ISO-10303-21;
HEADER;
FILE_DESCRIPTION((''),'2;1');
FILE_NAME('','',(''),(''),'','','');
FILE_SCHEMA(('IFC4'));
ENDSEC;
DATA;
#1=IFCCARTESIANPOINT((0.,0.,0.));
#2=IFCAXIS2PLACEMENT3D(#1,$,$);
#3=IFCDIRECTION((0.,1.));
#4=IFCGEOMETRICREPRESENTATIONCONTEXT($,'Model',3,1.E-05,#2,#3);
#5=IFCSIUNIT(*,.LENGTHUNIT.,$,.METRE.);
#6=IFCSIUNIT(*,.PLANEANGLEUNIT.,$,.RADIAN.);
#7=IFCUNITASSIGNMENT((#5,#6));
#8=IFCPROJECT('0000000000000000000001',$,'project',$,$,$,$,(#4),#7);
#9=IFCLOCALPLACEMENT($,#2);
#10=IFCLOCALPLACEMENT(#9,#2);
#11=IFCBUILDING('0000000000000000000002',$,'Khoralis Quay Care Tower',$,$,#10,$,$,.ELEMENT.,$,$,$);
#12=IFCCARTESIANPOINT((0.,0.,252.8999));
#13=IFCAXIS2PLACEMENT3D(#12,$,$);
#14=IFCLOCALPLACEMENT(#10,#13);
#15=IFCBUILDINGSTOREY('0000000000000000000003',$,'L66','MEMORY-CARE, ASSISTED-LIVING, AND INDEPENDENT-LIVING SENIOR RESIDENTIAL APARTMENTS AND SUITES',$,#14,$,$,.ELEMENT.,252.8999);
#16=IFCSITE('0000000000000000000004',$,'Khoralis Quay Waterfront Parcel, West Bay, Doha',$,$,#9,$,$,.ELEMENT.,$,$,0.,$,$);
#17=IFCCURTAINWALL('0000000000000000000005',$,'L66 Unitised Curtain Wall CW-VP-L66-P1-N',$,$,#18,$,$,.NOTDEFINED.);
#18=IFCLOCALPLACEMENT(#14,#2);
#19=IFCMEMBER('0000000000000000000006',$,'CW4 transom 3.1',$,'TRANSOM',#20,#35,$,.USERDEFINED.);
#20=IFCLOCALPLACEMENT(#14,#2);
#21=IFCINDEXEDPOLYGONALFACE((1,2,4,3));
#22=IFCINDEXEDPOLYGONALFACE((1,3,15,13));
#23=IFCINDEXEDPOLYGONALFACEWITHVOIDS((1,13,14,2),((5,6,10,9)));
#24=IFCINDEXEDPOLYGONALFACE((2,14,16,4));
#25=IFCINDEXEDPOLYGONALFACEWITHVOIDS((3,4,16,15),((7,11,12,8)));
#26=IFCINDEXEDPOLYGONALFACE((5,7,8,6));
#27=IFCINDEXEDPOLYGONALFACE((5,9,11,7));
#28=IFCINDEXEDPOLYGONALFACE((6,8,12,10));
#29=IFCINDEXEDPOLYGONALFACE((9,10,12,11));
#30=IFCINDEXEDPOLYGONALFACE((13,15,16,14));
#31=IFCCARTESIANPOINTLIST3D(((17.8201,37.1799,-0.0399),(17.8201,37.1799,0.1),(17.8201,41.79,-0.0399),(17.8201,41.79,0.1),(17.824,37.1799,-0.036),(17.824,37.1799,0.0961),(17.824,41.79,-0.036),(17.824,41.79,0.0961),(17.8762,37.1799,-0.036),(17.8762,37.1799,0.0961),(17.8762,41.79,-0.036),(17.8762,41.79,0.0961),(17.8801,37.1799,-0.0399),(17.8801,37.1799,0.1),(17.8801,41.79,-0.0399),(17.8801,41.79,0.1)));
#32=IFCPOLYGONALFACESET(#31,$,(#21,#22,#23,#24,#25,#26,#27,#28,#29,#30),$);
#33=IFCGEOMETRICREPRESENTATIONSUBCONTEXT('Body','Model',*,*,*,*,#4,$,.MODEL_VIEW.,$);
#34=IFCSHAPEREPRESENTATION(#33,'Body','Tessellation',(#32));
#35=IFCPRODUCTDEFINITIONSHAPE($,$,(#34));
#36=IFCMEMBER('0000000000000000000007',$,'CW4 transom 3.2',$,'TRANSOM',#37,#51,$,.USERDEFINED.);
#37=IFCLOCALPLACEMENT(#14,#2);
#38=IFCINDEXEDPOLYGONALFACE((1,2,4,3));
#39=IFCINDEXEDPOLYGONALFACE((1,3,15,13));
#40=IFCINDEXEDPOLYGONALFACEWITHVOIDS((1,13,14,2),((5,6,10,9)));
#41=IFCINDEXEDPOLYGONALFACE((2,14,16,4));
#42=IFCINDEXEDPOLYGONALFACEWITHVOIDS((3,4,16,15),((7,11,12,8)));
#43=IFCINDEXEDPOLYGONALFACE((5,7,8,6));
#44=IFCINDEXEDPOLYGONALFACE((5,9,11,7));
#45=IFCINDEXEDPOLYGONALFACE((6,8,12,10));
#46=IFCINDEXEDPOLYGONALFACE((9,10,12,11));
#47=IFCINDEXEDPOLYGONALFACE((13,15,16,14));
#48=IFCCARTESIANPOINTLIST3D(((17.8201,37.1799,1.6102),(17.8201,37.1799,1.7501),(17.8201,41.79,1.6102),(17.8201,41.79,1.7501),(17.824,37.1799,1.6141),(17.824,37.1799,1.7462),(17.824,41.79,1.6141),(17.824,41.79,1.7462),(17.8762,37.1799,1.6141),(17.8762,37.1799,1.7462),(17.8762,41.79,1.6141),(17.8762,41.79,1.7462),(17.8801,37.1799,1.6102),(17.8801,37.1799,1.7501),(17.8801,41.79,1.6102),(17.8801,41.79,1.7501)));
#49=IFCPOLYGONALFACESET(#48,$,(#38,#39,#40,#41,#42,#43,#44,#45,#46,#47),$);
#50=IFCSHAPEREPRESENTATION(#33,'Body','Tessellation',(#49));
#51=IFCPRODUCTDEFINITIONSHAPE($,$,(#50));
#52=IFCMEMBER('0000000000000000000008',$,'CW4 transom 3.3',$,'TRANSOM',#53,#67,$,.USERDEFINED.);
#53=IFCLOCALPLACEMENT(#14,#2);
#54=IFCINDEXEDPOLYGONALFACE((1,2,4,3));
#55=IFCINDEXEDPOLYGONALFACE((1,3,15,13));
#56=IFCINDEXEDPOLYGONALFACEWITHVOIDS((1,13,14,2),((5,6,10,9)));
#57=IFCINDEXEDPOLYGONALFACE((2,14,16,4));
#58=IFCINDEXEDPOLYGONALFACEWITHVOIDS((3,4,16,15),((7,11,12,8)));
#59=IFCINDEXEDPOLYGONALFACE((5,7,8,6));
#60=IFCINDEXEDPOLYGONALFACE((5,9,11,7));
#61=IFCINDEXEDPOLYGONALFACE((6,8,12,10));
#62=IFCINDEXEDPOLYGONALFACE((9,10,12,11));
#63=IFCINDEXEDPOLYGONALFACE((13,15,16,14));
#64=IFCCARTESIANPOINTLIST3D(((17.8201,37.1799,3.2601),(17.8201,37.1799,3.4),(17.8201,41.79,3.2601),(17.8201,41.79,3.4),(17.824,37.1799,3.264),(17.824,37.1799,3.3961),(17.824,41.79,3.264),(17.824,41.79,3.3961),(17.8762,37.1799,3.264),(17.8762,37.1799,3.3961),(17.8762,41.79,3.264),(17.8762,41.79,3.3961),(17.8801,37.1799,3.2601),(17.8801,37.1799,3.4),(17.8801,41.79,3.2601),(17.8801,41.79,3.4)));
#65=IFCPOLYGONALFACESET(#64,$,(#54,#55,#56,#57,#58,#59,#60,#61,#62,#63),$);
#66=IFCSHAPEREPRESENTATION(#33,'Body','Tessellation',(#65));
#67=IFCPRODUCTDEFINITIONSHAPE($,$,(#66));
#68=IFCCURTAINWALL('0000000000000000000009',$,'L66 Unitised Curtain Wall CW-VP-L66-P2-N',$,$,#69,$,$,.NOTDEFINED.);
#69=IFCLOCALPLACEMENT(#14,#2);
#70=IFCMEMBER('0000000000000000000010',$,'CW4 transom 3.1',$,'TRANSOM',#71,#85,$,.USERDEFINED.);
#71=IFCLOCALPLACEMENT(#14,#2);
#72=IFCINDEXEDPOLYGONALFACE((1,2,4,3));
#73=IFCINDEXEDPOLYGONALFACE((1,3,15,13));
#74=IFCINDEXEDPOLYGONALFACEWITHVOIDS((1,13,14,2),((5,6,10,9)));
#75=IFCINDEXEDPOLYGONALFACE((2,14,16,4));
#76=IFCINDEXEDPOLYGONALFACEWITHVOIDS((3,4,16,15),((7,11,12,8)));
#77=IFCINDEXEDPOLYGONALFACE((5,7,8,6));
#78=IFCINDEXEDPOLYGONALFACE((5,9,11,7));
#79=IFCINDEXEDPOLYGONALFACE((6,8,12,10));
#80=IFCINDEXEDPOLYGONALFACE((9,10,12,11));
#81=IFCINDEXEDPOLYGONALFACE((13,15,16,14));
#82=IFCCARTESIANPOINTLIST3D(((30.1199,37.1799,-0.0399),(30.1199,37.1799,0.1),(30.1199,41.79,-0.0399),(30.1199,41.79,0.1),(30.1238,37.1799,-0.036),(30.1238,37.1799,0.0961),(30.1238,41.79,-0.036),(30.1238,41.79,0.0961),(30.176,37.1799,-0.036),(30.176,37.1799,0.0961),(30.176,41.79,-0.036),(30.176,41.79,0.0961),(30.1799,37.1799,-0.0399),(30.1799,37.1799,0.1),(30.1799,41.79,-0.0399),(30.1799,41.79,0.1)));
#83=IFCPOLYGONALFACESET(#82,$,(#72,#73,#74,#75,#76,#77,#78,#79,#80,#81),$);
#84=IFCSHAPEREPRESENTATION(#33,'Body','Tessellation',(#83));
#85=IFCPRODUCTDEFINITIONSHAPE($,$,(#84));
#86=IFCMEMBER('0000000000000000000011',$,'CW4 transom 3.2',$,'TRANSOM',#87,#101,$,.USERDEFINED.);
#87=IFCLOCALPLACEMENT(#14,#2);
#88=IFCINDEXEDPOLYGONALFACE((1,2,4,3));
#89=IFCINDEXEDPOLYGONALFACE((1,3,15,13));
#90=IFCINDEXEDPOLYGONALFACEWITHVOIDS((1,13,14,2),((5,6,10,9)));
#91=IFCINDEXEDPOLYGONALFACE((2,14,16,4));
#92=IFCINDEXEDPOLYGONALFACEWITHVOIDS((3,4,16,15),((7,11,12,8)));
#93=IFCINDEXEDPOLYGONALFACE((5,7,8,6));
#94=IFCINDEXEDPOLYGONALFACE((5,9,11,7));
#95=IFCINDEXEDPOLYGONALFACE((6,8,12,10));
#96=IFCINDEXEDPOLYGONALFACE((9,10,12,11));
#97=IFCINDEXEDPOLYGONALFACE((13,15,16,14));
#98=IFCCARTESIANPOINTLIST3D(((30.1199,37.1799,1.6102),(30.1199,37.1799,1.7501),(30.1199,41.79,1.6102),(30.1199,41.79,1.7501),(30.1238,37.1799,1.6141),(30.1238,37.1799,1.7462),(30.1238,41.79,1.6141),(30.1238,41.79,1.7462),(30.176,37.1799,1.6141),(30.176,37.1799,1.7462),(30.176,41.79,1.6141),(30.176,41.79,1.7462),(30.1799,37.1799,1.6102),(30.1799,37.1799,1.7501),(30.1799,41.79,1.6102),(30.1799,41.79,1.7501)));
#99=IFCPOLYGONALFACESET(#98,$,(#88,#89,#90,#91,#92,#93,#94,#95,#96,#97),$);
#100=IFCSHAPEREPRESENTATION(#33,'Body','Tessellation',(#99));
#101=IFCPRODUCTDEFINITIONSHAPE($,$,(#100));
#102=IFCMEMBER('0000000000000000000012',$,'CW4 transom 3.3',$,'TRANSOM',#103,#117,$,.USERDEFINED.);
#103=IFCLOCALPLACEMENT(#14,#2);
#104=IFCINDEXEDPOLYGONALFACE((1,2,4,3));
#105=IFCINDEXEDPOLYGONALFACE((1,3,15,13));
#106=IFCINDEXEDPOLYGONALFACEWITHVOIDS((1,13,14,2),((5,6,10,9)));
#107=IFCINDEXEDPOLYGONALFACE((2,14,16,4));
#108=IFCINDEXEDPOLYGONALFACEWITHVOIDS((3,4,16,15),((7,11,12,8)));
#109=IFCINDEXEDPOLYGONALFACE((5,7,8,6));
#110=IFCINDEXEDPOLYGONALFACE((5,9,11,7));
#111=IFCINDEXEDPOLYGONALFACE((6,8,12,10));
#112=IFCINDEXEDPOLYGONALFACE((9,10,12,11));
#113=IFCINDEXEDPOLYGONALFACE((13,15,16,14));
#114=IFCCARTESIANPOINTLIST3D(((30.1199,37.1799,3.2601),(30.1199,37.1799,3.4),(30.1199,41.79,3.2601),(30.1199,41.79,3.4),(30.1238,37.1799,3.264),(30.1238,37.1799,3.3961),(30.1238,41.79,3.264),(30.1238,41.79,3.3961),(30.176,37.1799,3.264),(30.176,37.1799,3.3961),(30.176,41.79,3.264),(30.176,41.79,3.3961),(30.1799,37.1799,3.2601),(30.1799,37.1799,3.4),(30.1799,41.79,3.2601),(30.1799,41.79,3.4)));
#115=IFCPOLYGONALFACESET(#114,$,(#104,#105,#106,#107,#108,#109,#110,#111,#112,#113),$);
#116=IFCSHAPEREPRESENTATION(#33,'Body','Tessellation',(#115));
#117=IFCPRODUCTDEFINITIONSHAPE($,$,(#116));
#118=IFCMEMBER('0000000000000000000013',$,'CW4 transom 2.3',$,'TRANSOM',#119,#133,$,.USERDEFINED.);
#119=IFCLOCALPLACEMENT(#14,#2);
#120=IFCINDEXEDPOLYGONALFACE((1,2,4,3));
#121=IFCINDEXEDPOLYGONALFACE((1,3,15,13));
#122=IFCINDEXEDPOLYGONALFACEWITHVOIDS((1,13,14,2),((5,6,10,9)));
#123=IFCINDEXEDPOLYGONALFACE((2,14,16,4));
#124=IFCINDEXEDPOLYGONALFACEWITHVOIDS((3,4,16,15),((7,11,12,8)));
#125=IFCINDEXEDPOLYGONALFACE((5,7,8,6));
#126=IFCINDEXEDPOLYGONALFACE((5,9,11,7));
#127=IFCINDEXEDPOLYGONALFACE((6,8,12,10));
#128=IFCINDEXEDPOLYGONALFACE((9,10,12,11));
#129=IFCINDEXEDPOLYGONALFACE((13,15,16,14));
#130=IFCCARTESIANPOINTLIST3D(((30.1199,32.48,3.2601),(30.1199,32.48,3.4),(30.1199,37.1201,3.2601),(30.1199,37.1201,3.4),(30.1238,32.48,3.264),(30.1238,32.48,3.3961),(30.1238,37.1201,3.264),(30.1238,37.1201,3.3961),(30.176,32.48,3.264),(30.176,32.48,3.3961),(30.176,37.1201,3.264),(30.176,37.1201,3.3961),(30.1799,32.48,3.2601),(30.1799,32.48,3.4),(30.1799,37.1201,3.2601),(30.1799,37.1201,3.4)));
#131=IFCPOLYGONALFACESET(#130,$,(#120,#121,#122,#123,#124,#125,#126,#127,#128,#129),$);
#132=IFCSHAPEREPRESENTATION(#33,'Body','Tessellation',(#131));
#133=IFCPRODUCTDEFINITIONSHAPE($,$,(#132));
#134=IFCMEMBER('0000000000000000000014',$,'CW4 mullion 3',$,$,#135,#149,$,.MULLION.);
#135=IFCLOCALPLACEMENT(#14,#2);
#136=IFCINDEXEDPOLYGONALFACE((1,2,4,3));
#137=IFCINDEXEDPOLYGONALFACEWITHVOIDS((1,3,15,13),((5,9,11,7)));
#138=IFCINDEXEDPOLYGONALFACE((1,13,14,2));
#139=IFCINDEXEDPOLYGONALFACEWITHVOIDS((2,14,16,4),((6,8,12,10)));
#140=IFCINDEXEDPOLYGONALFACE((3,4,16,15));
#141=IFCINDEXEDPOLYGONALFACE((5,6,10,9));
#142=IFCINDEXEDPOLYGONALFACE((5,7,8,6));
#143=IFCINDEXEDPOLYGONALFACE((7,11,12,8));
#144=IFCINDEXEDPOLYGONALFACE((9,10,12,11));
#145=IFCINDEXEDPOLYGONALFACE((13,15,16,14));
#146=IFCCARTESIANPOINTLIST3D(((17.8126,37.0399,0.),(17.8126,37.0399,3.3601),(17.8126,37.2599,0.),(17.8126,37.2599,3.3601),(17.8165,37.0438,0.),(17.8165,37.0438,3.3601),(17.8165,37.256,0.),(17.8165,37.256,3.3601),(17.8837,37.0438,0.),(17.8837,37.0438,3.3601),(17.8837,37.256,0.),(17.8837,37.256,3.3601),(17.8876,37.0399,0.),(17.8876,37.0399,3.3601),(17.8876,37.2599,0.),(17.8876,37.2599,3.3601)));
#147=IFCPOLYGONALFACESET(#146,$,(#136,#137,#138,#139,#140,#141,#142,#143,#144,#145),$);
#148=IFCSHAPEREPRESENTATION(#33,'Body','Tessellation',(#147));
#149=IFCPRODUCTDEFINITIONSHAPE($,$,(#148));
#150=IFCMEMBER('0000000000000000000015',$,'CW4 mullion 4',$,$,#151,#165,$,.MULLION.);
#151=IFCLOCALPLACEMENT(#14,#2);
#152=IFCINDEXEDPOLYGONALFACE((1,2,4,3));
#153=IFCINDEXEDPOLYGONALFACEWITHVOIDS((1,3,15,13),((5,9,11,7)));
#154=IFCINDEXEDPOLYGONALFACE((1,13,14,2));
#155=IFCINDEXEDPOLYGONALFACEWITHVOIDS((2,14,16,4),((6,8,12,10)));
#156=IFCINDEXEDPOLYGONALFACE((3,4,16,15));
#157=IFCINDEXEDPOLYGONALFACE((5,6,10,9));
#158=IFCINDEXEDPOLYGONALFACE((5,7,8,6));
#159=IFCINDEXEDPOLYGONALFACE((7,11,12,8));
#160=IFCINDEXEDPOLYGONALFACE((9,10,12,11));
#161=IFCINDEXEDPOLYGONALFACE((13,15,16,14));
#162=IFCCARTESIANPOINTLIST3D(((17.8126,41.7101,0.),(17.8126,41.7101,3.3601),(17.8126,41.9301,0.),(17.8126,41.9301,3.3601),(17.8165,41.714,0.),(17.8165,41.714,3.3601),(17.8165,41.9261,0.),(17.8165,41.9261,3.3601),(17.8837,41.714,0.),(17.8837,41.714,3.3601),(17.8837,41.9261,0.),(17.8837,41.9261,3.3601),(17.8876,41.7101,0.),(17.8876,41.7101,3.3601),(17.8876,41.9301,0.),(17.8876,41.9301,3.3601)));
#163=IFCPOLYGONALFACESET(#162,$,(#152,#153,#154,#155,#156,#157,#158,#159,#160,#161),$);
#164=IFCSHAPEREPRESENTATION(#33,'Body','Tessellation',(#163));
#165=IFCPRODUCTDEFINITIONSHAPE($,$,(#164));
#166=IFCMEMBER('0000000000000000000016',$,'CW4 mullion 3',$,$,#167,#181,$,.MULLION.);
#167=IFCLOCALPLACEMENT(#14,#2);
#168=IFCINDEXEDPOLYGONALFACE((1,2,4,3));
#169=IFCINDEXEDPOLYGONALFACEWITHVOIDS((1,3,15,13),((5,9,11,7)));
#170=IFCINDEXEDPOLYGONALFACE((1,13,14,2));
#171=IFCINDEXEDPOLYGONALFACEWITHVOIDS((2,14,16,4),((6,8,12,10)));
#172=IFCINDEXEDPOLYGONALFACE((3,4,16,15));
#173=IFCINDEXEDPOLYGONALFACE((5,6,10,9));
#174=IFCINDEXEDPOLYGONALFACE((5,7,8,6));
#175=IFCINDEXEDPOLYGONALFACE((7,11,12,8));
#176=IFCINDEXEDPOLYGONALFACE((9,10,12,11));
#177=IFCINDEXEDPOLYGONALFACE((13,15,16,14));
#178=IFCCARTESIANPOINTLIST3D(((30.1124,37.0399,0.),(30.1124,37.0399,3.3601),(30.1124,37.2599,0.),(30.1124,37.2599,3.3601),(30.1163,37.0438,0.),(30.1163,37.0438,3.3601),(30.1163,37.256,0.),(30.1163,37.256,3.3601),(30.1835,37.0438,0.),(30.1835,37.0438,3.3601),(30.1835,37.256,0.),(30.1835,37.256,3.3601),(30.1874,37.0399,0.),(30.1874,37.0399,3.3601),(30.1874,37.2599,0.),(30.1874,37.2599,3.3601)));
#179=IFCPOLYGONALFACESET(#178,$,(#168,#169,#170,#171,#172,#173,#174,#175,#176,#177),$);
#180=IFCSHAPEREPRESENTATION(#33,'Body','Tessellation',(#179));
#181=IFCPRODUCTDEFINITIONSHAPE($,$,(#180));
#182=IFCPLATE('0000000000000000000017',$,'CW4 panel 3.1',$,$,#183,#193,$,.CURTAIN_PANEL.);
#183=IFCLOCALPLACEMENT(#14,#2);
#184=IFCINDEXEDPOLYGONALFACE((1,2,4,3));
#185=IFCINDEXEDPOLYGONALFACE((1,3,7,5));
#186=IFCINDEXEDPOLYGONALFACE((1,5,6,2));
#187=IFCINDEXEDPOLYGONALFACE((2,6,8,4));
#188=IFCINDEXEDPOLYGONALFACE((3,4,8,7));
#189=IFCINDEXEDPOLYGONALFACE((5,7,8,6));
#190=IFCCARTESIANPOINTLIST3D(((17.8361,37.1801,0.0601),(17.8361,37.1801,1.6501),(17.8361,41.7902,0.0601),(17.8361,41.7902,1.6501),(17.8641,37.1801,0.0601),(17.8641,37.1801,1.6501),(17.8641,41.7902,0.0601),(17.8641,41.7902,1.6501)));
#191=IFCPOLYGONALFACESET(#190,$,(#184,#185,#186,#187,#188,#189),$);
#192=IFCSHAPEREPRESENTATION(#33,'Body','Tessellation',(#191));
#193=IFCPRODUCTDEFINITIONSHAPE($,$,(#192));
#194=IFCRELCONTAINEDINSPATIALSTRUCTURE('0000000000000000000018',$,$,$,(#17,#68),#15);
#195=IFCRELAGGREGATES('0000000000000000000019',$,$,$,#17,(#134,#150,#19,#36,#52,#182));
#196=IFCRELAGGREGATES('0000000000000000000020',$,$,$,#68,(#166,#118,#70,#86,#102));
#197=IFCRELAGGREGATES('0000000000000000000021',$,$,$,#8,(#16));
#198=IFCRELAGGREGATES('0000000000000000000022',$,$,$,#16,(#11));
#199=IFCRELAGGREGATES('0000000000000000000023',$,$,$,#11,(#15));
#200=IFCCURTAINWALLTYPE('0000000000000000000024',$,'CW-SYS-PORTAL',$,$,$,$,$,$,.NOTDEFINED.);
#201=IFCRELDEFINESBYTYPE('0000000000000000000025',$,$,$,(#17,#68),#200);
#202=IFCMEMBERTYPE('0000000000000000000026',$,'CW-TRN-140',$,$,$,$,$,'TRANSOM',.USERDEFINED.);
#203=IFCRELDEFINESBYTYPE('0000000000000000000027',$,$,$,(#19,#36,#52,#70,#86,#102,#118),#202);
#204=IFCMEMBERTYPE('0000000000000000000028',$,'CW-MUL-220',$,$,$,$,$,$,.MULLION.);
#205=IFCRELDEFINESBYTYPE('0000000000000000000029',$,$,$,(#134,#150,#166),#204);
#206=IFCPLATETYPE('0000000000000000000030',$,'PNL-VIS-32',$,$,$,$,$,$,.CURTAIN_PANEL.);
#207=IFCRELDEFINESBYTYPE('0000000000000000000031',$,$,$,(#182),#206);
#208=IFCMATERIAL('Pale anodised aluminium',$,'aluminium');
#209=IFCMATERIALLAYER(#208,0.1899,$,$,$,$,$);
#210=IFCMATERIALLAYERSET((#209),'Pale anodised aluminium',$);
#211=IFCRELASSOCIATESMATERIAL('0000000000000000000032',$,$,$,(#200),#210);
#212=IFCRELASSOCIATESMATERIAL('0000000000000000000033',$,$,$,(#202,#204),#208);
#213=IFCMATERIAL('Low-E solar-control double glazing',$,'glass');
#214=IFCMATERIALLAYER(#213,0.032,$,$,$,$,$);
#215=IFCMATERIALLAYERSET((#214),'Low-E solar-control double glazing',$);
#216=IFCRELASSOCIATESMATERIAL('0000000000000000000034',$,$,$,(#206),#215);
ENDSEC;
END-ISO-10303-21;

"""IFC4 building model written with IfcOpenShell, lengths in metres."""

from ifc_helpers import new_model, si_unit, direction, frame, origin, origin_2d, place, context, subcontext, project, spatial, rectangle, hollow_rectangle, extrude, source, transform, mapped, material, layer, layer_set, material_profile, profile_set, type_object, element, aggregate, save


model = new_model("IFC4")

# Units and contexts
model_context = context("Model", 3, precision=1e-05, world=origin(), true_north=direction((0.0, 1.0)))
body_context = subcontext(model_context, "Body", "Model", "MODEL_VIEW")
ifc_project = project(units=[si_unit("LENGTHUNIT", "METRE"), si_unit("PLANEANGLEUNIT", "RADIAN")], contexts=[model_context])

# Site, building, storey
site_placement = place(None, origin())
site = spatial("IfcSite", under=ifc_project, at=site_placement, Name="Khoralis Quay Waterfront Parcel, West Bay, Doha", CompositionType="ELEMENT", RefElevation=0.0)
building_placement = place(site_placement, origin())
building = spatial("IfcBuilding", under=site, at=building_placement, Name="Khoralis Quay Care Tower", CompositionType="ELEMENT")
storey_placement = place(building_placement, frame((0.0, 0.0, 252.8999)))
storey = spatial("IfcBuildingStorey", under=building, at=storey_placement, Name="L66", Description="MEMORY-CARE, ASSISTED-LIVING, AND INDEPENDENT-LIVING SENIOR RESIDENTIAL APARTMENTS AND SUITES", CompositionType="ELEMENT", Elevation=252.8999)

# Curtain walls, members
ifc_material_1 = material(Name="Pale anodised aluminium", Category="aluminium")
ifc_layer_1 = layer(ifc_material_1, 0.1899)
ifc_layer_set_1 = layer_set([ifc_layer_1], Name="Pale anodised aluminium")
curtain_wall_type = type_object("IfcCurtainWallType", Name="CW-SYS-PORTAL", PredefinedType="NOTDEFINED", material=ifc_layer_set_1)
curtain_wall_1_placement = place(storey_placement, origin())
curtain_wall_1 = element("IfcCurtainWall", 1, at=curtain_wall_1_placement, inside=storey, type_object=curtain_wall_type, Name="L66 Unitised Curtain Wall CW-VP-L66-P1-N", PredefinedType="NOTDEFINED")
ifc_material_profile_1 = material_profile(ifc_material_1, hollow_rectangle(XDim=0.0601, YDim=0.1399, WallThickness=0.0039, at=origin_2d()), Name="Pale anodised aluminium")
ifc_profile_set_1 = profile_set([ifc_material_profile_1], Name="Pale anodised aluminium")
member_type_1 = type_object("IfcMemberType", Name="CW-TRN-140", ElementType="TRANSOM", PredefinedType="USERDEFINED", material=ifc_profile_set_1)
shared_shape_1 = source(origin(), body_context, "Body", "SweptSolid", [
    extrude(hollow_rectangle(XDim=0.0601, YDim=0.1399, WallThickness=0.0039, at=origin_2d()), origin(), (0.0, 0.0, 1.0), 4.6101),
])
member_1_placement = place(storey_placement, frame((17.8501, 37.1799, 0.03), z_axis=(0.0, 1.0, 0.0), x_axis=(-1.0, 0.0, 0.0)))
member_1 = element("IfcMember", 2, at=member_1_placement, type_object=member_type_1, Name="CW4 transom 3.1", ObjectType="TRANSOM", PredefinedType="USERDEFINED", context=body_context, shape_type="MappedRepresentation", body=[
    mapped(shared_shape_1, transform((0.0, 0.0, 0.0), scale=1.0)),
])
member_2_placement = place(storey_placement, frame((17.8501, 37.1799, 1.6802), z_axis=(0.0, 1.0, 0.0), x_axis=(-1.0, 0.0, 0.0)))
member_2 = element("IfcMember", 3, at=member_2_placement, type_object=member_type_1, Name="CW4 transom 3.2", ObjectType="TRANSOM", PredefinedType="USERDEFINED", context=body_context, shape_type="MappedRepresentation", body=[
    mapped(shared_shape_1, transform((0.0, 0.0, 0.0), scale=1.0)),
])
member_3_placement = place(storey_placement, frame((17.8501, 37.1799, 3.3301), z_axis=(0.0, 1.0, 0.0), x_axis=(-1.0, 0.0, 0.0)))
member_3 = element("IfcMember", 4, at=member_3_placement, type_object=member_type_1, Name="CW4 transom 3.3", ObjectType="TRANSOM", PredefinedType="USERDEFINED", context=body_context, shape_type="MappedRepresentation", body=[
    mapped(shared_shape_1, transform((0.0, 0.0, 0.0), scale=1.0)),
])
curtain_wall_2_placement = place(storey_placement, origin())
curtain_wall_2 = element("IfcCurtainWall", 5, at=curtain_wall_2_placement, inside=storey, type_object=curtain_wall_type, Name="L66 Unitised Curtain Wall CW-VP-L66-P2-N", PredefinedType="NOTDEFINED")
member_4_placement = place(storey_placement, frame((30.1499, 37.1799, 0.03), z_axis=(0.0, 1.0, 0.0), x_axis=(-1.0, 0.0, 0.0)))
member_4 = element("IfcMember", 6, at=member_4_placement, type_object=member_type_1, Name="CW4 transom 3.1", ObjectType="TRANSOM", PredefinedType="USERDEFINED", context=body_context, shape_type="MappedRepresentation", body=[
    mapped(shared_shape_1, transform((0.0, 0.0, 0.0), scale=1.0)),
])
member_5_placement = place(storey_placement, frame((30.1499, 37.1799, 1.6802), z_axis=(0.0, 1.0, 0.0), x_axis=(-1.0, 0.0, 0.0)))
member_5 = element("IfcMember", 7, at=member_5_placement, type_object=member_type_1, Name="CW4 transom 3.2", ObjectType="TRANSOM", PredefinedType="USERDEFINED", context=body_context, shape_type="MappedRepresentation", body=[
    mapped(shared_shape_1, transform((0.0, 0.0, 0.0), scale=1.0)),
])
member_6_placement = place(storey_placement, frame((30.1499, 37.1799, 3.3301), z_axis=(0.0, 1.0, 0.0), x_axis=(-1.0, 0.0, 0.0)))
member_6 = element("IfcMember", 8, at=member_6_placement, type_object=member_type_1, Name="CW4 transom 3.3", ObjectType="TRANSOM", PredefinedType="USERDEFINED", context=body_context, shape_type="MappedRepresentation", body=[
    mapped(shared_shape_1, transform((0.0, 0.0, 0.0), scale=1.0)),
])
shared_shape_2 = source(origin(), body_context, "Body", "SweptSolid", [
    extrude(hollow_rectangle(XDim=0.0601, YDim=0.1399, WallThickness=0.0039, at=origin_2d()), origin(), (0.0, 0.0, 1.0), 4.6401),
])
member_7_placement = place(storey_placement, frame((30.1499, 32.48, 3.3301), z_axis=(0.0, 1.0, 0.0), x_axis=(-1.0, 0.0, 0.0)))
member_7 = element("IfcMember", 9, at=member_7_placement, type_object=member_type_1, Name="CW4 transom 2.3", ObjectType="TRANSOM", PredefinedType="USERDEFINED", context=body_context, shape_type="MappedRepresentation", body=[
    mapped(shared_shape_2, transform((0.0, 0.0, 0.0), scale=1.0)),
])

# Members
ifc_material_profile_2 = material_profile(ifc_material_1, hollow_rectangle(XDim=0.075, YDim=0.22, WallThickness=0.0039, at=origin_2d()), Name="Pale anodised aluminium")
ifc_profile_set_2 = profile_set([ifc_material_profile_2], Name="Pale anodised aluminium")
member_type_2 = type_object("IfcMemberType", Name="CW-MUL-220", PredefinedType="MULLION", material=ifc_profile_set_2)
shared_shape_3 = source(origin(), body_context, "Body", "SweptSolid", [
    extrude(hollow_rectangle(XDim=0.075, YDim=0.22, WallThickness=0.0039, at=origin_2d()), origin(), (0.0, 0.0, 1.0), 3.3601),
])
member_8_placement = place(storey_placement, frame((17.8501, 37.1499, 0.0), z_axis=(0.0, 0.0, 1.0), x_axis=(-1.0, 0.0, 0.0)))
member_8 = element("IfcMember", 10, at=member_8_placement, type_object=member_type_2, Name="CW4 mullion 3", PredefinedType="MULLION", context=body_context, shape_type="MappedRepresentation", body=[
    mapped(shared_shape_3, transform((0.0, 0.0, 0.0), scale=1.0)),
])
member_9_placement = place(storey_placement, frame((17.8501, 41.8201, 0.0), z_axis=(0.0, 0.0, 1.0), x_axis=(-1.0, 0.0, 0.0)))
member_9 = element("IfcMember", 11, at=member_9_placement, type_object=member_type_2, Name="CW4 mullion 4", PredefinedType="MULLION", context=body_context, shape_type="MappedRepresentation", body=[
    mapped(shared_shape_3, transform((0.0, 0.0, 0.0), scale=1.0)),
])
member_10_placement = place(storey_placement, frame((30.1499, 37.1499, 0.0), z_axis=(0.0, 0.0, 1.0), x_axis=(-1.0, 0.0, 0.0)))
member_10 = element("IfcMember", 12, at=member_10_placement, type_object=member_type_2, Name="CW4 mullion 3", PredefinedType="MULLION", context=body_context, shape_type="MappedRepresentation", body=[
    mapped(shared_shape_3, transform((0.0, 0.0, 0.0), scale=1.0)),
])

# Plate
ifc_material_2 = material(Name="Low-E solar-control double glazing", Category="glass")
ifc_layer_2 = layer(ifc_material_2, 0.032)
ifc_layer_set_2 = layer_set([ifc_layer_2], Name="Low-E solar-control double glazing")
plate_type = type_object("IfcPlateType", Name="PNL-VIS-32", PredefinedType="CURTAIN_PANEL", material=ifc_layer_set_2)
shared_shape_4 = source(origin(), body_context, "Body", "SweptSolid", [
    extrude(rectangle(XDim=4.6101, YDim=0.0281, at=origin_2d()), origin(), (0.0, 0.0, 1.0), 1.5901),
])
plate_1_placement = place(storey_placement, frame((17.8501, 39.4851, 0.0601), z_axis=(0.0, 0.0, 1.0), x_axis=(0.0, 1.0, 0.0)))
plate_1 = element("IfcPlate", 13, at=plate_1_placement, type_object=plate_type, Name="CW4 panel 3.1", PredefinedType="CURTAIN_PANEL", context=body_context, shape_type="MappedRepresentation", body=[
    mapped(shared_shape_4, transform((0.0, 0.0, 0.0), scale=1.0)),
])
aggregate(curtain_wall_1, [member_8, member_9, member_1, member_2, member_3, plate_1])
aggregate(curtain_wall_2, [member_10, member_7, member_4, member_5, member_6])

save(model, "model.ifc")
